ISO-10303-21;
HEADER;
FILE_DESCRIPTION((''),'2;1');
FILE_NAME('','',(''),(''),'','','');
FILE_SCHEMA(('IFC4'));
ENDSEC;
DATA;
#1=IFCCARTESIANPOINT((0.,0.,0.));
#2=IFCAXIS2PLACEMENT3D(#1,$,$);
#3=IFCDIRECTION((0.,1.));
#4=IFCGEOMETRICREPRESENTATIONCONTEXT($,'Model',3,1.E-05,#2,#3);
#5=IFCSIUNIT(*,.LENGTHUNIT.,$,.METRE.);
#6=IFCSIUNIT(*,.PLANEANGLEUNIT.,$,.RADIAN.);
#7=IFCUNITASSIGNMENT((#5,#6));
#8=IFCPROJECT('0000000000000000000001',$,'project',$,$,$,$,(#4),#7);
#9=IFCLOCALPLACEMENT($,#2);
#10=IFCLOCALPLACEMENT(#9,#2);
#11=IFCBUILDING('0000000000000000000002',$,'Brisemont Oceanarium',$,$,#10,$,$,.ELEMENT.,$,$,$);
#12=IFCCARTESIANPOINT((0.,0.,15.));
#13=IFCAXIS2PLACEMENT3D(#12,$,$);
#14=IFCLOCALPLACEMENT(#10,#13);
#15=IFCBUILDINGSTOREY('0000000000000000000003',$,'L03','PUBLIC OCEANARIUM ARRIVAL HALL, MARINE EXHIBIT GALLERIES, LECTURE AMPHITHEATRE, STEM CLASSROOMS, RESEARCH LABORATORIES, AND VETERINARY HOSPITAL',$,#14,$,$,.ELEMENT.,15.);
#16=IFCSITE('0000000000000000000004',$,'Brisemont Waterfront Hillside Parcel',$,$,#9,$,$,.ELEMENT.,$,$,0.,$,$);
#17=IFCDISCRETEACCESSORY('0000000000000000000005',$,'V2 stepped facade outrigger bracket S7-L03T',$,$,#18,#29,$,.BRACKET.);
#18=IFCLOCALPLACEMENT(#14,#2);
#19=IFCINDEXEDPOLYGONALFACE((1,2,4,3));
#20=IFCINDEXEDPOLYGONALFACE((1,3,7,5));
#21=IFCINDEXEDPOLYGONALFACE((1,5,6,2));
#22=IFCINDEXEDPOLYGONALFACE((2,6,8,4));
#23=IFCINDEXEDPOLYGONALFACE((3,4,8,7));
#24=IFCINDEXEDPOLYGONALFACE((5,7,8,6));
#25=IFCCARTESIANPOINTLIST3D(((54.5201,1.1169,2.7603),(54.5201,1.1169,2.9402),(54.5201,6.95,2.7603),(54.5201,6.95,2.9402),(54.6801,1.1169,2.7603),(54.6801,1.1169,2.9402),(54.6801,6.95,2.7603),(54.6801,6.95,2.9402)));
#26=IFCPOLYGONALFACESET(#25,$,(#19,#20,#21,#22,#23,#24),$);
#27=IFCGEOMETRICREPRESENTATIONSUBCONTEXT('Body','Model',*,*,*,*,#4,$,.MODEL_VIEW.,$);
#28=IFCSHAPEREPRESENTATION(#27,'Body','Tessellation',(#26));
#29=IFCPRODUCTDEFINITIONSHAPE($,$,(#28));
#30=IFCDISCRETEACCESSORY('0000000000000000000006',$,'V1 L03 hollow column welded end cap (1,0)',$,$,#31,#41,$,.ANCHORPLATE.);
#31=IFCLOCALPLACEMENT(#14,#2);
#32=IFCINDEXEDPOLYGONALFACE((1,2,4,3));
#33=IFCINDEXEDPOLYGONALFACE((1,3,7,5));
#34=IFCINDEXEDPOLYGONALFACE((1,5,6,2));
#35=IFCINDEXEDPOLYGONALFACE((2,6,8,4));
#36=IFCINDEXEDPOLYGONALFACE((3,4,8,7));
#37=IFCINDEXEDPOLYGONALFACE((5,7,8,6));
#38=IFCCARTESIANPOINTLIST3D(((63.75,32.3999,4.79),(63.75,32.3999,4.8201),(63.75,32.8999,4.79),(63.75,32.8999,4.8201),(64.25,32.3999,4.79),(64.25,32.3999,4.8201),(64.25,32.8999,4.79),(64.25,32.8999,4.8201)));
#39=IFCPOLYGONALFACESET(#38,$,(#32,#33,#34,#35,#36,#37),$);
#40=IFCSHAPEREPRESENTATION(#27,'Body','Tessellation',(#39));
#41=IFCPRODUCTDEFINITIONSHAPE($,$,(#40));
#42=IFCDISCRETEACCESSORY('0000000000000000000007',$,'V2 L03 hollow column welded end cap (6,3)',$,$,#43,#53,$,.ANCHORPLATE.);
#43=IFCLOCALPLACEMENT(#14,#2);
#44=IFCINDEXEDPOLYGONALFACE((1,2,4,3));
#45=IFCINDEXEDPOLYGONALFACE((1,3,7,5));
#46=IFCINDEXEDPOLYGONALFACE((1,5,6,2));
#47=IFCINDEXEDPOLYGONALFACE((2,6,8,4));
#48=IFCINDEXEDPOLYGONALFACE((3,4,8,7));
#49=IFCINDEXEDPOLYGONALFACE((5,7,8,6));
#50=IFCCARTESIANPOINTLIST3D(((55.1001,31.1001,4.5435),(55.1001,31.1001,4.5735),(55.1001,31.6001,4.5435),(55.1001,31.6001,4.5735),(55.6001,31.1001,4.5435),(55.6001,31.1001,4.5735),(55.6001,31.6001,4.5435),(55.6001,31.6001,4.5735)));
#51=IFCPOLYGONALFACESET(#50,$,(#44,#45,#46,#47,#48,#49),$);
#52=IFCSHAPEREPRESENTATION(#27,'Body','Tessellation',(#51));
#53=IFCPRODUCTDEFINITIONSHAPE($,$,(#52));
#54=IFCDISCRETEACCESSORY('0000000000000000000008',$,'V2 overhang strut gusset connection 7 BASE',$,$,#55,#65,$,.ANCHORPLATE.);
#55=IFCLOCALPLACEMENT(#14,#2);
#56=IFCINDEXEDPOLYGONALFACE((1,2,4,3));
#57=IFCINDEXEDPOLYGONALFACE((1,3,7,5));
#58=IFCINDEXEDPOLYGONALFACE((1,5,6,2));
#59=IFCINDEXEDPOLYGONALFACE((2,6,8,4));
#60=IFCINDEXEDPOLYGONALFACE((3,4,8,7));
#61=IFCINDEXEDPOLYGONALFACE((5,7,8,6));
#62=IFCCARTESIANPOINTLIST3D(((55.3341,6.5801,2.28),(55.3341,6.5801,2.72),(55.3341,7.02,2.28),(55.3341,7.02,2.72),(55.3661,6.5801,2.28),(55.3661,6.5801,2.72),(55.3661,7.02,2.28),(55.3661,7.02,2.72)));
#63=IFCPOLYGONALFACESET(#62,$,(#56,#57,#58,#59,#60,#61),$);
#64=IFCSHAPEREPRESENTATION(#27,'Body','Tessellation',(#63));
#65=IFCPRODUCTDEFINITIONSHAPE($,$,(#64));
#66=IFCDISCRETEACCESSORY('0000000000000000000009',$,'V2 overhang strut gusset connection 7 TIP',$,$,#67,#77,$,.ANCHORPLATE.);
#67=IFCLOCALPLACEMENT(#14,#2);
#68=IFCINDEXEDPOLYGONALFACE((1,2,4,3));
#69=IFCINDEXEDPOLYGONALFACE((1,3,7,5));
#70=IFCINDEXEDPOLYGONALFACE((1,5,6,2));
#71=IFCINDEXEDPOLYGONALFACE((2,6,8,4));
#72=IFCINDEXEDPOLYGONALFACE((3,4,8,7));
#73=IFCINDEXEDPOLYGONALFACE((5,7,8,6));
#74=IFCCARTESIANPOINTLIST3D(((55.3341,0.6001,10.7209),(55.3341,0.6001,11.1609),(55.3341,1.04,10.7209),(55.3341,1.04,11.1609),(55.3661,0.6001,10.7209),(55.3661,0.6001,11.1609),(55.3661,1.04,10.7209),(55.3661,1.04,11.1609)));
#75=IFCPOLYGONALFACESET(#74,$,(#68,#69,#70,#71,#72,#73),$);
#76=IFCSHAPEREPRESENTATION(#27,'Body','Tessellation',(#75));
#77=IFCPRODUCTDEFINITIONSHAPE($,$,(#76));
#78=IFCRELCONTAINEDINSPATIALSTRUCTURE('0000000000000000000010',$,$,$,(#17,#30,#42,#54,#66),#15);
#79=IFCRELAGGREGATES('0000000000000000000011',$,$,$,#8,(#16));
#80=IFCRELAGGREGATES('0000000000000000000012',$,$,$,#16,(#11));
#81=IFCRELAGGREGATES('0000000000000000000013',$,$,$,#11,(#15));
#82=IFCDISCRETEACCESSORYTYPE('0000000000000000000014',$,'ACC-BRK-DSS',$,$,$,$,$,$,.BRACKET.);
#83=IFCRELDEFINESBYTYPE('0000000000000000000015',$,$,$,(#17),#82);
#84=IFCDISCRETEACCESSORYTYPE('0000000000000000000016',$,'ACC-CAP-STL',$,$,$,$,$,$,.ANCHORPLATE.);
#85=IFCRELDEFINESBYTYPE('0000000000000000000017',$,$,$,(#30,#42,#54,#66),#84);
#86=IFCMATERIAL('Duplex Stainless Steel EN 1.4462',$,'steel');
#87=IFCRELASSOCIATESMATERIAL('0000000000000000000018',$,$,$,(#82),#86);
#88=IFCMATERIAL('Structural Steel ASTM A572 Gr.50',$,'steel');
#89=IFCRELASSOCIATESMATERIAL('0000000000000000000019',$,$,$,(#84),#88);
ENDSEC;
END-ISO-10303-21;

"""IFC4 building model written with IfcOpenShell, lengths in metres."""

from ifc_helpers import new_model, si_unit, direction, frame, origin, origin_2d, place, context, subcontext, project, spatial, rectangle, extrude, material, type_object, element, save


model = new_model("IFC4")

# Units and contexts
model_context = context("Model", 3, precision=1e-05, world=origin(), true_north=direction((0.0, 1.0)))
body_context = subcontext(model_context, "Body", "Model", "MODEL_VIEW")
ifc_project = project(units=[si_unit("LENGTHUNIT", "METRE"), si_unit("PLANEANGLEUNIT", "RADIAN")], contexts=[model_context])

# Site, building, storey
site_placement = place(None, origin())
site = spatial("IfcSite", under=ifc_project, at=site_placement, Name="Brisemont Waterfront Hillside Parcel", CompositionType="ELEMENT", RefElevation=0.0)
building_placement = place(site_placement, origin())
building = spatial("IfcBuilding", under=site, at=building_placement, Name="Brisemont Oceanarium", CompositionType="ELEMENT")
storey_placement = place(building_placement, frame((0.0, 0.0, 15.0)))
storey = spatial("IfcBuildingStorey", under=building, at=storey_placement, Name="L03", Description="PUBLIC OCEANARIUM ARRIVAL HALL, MARINE EXHIBIT GALLERIES, LECTURE AMPHITHEATRE, STEM CLASSROOMS, RESEARCH LABORATORIES, AND VETERINARY HOSPITAL", CompositionType="ELEMENT", Elevation=15.0)

# Discrete accessories
ifc_material_1 = material(Name="Duplex Stainless Steel EN 1.4462", Category="steel")
discrete_accessory_type_1 = type_object("IfcDiscreteAccessoryType", Name="ACC-BRK-DSS", PredefinedType="BRACKET", material=ifc_material_1)
discrete_accessory_1_placement = place(storey_placement, frame((54.6001, 4.0334, 2.7603), z_axis=(0.0, 0.0, 1.0), x_axis=(1.0, 0.0, 0.0)))
element("IfcDiscreteAccessory", 1, at=discrete_accessory_1_placement, inside=storey, type_object=discrete_accessory_type_1, Name="V2 stepped facade outrigger bracket S7-L03T", PredefinedType="BRACKET", context=body_context, shape_type="SweptSolid", body=[
    extrude(rectangle(XDim=0.1599, YDim=5.833, at=origin_2d()), origin(), (0.0, 0.0, 1.0), 0.1799),
])
ifc_material_2 = material(Name="Structural Steel ASTM A572 Gr.50", Category="steel")
discrete_accessory_type_2 = type_object("IfcDiscreteAccessoryType", Name="ACC-CAP-STL", PredefinedType="ANCHORPLATE", material=ifc_material_2)
for number, where, z_axis, x_axis, name in (
    (2, (64.0, 32.6499, 4.79), (0.0, 0.0, 1.0), (1.0, 0.0, 0.0), "V1 L03 hollow column welded end cap (1,0)"),
    (3, (55.3501, 31.3501, 4.5435), (0.0, 0.0, 1.0), (1.0, 0.0, 0.0), "V2 L03 hollow column welded end cap (6,3)"),
):
    element("IfcDiscreteAccessory", number, at=place(storey_placement, frame(where, z_axis=z_axis, x_axis=x_axis)), inside=storey, type_object=discrete_accessory_type_2, Name=name, PredefinedType="ANCHORPLATE", context=body_context, shape_type="SweptSolid", body=[
        extrude(rectangle(XDim=0.5, YDim=0.5, at=origin_2d()), origin(), (0.0, 0.0, 1.0), 0.03),
    ])
for number, where, z_axis, x_axis, name in (
    (4, (55.3501, 6.8, 2.28), (0.0, 0.0, 1.0), (1.0, 0.0, 0.0), "V2 overhang strut gusset connection 7 BASE"),
    (5, (55.3501, 0.8201, 10.7209), (0.0, 0.0, 1.0), (1.0, 0.0, 0.0), "V2 overhang strut gusset connection 7 TIP"),
):
    element("IfcDiscreteAccessory", number, at=place(storey_placement, frame(where, z_axis=z_axis, x_axis=x_axis)), inside=storey, type_object=discrete_accessory_type_2, Name=name, PredefinedType="ANCHORPLATE", context=body_context, shape_type="SweptSolid", body=[
        extrude(rectangle(XDim=0.032, YDim=0.4399, at=origin_2d()), origin(), (0.0, 0.0, 1.0), 0.4399),
    ])

save(model, "model.ifc")
